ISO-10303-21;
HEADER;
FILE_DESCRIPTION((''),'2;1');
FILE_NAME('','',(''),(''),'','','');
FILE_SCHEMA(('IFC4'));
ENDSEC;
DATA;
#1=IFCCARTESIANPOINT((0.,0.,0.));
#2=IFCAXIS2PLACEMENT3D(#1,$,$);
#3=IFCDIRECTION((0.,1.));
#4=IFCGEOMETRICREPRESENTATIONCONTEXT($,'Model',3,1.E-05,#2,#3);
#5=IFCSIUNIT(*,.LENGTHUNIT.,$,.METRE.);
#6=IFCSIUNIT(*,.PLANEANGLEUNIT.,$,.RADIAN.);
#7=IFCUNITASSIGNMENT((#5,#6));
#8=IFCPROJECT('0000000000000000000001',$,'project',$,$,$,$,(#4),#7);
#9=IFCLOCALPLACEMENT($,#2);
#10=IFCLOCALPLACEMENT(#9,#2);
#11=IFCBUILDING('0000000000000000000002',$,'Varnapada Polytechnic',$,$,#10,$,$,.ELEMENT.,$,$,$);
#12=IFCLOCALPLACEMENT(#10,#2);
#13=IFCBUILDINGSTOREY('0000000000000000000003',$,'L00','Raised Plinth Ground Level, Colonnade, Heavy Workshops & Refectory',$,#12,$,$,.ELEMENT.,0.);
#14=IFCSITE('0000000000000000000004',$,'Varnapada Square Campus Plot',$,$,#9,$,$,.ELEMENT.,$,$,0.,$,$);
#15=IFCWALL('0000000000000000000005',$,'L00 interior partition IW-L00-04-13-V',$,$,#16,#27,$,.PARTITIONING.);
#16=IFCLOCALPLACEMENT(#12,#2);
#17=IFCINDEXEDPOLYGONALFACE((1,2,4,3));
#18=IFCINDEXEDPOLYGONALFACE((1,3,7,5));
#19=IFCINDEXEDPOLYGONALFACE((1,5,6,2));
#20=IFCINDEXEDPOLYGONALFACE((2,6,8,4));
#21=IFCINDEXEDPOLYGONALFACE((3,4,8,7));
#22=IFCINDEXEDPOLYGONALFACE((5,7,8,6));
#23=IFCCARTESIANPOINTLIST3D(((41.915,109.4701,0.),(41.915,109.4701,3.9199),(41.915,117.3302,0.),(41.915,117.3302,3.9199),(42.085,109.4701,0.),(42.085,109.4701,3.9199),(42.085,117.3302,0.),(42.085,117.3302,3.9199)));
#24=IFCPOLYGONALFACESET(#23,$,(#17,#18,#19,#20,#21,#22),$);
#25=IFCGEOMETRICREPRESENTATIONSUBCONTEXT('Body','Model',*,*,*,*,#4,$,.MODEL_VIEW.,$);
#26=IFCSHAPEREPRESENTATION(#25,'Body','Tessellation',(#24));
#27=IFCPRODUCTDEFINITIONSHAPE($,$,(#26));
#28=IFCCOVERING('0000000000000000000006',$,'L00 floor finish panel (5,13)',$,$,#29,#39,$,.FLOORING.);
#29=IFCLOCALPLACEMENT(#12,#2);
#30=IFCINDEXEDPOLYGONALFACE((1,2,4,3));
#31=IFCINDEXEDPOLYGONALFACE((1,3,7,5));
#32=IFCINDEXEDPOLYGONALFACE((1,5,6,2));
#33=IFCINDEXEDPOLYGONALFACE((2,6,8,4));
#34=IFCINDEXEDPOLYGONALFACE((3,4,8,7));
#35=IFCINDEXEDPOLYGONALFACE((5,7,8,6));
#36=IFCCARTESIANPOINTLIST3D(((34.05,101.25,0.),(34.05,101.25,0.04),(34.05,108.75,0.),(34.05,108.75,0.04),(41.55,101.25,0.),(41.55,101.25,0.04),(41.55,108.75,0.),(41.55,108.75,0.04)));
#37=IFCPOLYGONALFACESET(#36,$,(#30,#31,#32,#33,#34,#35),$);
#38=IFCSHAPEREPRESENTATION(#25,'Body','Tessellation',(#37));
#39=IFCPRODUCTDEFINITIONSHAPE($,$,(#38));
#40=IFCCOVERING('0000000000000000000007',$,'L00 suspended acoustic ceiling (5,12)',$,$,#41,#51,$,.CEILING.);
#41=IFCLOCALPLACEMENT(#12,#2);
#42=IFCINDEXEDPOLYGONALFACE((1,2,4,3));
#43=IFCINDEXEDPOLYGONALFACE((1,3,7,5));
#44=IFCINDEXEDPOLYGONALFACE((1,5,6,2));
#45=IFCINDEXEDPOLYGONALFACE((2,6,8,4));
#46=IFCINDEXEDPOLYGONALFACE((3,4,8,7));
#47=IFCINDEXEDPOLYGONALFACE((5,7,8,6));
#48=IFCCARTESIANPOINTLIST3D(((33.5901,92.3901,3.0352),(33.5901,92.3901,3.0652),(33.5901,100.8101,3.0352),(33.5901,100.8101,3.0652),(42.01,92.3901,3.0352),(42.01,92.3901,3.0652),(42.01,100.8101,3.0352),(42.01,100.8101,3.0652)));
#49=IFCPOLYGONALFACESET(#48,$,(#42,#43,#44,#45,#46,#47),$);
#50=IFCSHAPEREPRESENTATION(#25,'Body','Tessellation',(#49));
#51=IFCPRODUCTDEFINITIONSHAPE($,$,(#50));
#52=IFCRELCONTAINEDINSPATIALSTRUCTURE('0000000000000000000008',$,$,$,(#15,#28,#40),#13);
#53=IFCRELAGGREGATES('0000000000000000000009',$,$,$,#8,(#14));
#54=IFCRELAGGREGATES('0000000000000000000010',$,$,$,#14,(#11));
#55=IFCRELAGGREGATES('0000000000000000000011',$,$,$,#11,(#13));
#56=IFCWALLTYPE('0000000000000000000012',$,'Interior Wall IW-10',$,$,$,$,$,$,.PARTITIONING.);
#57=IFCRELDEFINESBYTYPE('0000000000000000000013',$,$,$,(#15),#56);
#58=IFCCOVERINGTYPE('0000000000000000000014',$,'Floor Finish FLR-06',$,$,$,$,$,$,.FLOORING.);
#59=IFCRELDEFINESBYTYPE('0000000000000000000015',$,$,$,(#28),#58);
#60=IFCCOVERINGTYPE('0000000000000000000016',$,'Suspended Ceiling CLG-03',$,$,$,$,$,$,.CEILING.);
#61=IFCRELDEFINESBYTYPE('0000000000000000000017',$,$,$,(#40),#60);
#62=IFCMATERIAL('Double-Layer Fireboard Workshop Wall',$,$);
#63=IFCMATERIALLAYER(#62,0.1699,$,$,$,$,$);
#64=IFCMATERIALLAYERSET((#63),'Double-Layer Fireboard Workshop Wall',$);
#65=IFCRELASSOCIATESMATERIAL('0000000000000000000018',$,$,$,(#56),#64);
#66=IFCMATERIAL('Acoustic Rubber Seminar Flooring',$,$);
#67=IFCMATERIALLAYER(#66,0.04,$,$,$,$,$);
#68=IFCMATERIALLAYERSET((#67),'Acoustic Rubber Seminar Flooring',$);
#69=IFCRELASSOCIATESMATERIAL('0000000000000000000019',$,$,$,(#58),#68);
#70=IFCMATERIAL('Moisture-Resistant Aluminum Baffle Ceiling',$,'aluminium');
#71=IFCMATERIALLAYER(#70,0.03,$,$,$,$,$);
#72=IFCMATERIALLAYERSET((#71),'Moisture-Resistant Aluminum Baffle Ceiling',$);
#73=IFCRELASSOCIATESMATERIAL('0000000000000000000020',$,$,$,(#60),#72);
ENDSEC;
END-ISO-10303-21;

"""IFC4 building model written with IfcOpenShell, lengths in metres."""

from ifc_helpers import new_model, si_unit, direction, frame, frame_2d, origin, origin_2d, place, context, subcontext, project, spatial, rectangle, extrude, material, layer, layer_set, type_object, element, save


model = new_model("IFC4")

# Units and contexts
model_context = context("Model", 3, precision=1e-05, world=origin(), true_north=direction((0.0, 1.0)))
body_context = subcontext(model_context, "Body", "Model", "MODEL_VIEW")
ifc_project = project(units=[si_unit("LENGTHUNIT", "METRE"), si_unit("PLANEANGLEUNIT", "RADIAN")], contexts=[model_context])

# Site, building, storey
site_placement = place(None, origin())
site = spatial("IfcSite", under=ifc_project, at=site_placement, Name="Varnapada Square Campus Plot", CompositionType="ELEMENT", RefElevation=0.0)
building_placement = place(site_placement, origin())
building = spatial("IfcBuilding", under=site, at=building_placement, Name="Varnapada Polytechnic", CompositionType="ELEMENT")
storey_placement = place(building_placement, origin())
storey = spatial("IfcBuildingStorey", under=building, at=storey_placement, Name="L00", Description="Raised Plinth Ground Level, Colonnade, Heavy Workshops & Refectory", CompositionType="ELEMENT", Elevation=0.0)

# Wall
ifc_material_1 = material(Name="Double-Layer Fireboard Workshop Wall")
ifc_layer_1 = layer(ifc_material_1, 0.1699)
ifc_layer_set_1 = layer_set([ifc_layer_1], Name="Double-Layer Fireboard Workshop Wall")
wall_type_1 = type_object("IfcWallType", Name="Interior Wall IW-10", PredefinedType="PARTITIONING", material=ifc_layer_set_1)
wall_1_placement = place(storey_placement, frame((42.0, 109.47, 0.0), z_axis=(0.0, 0.0, 1.0), x_axis=(0.0, 1.0, 0.0)))
element("IfcWall", 1, at=wall_1_placement, inside=storey, type_object=wall_type_1, Name="L00 interior partition IW-L00-04-13-V", PredefinedType="PARTITIONING", context=body_context, shape_type="SweptSolid", body=[
    extrude(rectangle(XDim=7.8601, YDim=0.1699, at=frame_2d((3.9302, 0.0))), origin(), (0.0, 0.0, 1.0), 3.9199),
])

# Coverings
ifc_material_2 = material(Name="Acoustic Rubber Seminar Flooring")
ifc_layer_2 = layer(ifc_material_2, 0.04)
ifc_layer_set_2 = layer_set([ifc_layer_2], Name="Acoustic Rubber Seminar Flooring")
covering_type_1 = type_object("IfcCoveringType", Name="Floor Finish FLR-06", PredefinedType="FLOORING", material=ifc_layer_set_2)
covering_1_placement = place(storey_placement, frame((37.8, 105.0, 0.0), z_axis=(0.0, 0.0, 1.0), x_axis=(1.0, 0.0, 0.0)))
element("IfcCovering", 2, at=covering_1_placement, inside=storey, type_object=covering_type_1, Name="L00 floor finish panel (5,13)", PredefinedType="FLOORING", context=body_context, shape_type="SweptSolid", body=[
    extrude(rectangle(XDim=7.5, YDim=7.5, at=origin_2d()), origin(), (0.0, 0.0, 1.0), 0.04),
])
ifc_material_3 = material(Name="Moisture-Resistant Aluminum Baffle Ceiling", Category="aluminium")
ifc_layer_3 = layer(ifc_material_3, 0.03)
ifc_layer_set_3 = layer_set([ifc_layer_3], Name="Moisture-Resistant Aluminum Baffle Ceiling")
covering_type_2 = type_object("IfcCoveringType", Name="Suspended Ceiling CLG-03", PredefinedType="CEILING", material=ifc_layer_set_3)
covering_2_placement = place(storey_placement, frame((37.8, 96.6001, 3.0352), z_axis=(0.0, 0.0, 1.0), x_axis=(1.0, 0.0, 0.0)))
element("IfcCovering", 3, at=covering_2_placement, inside=storey, type_object=covering_type_2, Name="L00 suspended acoustic ceiling (5,12)", PredefinedType="CEILING", context=body_context, shape_type="SweptSolid", body=[
    extrude(rectangle(XDim=8.4199, YDim=8.4199, at=origin_2d()), origin(), (0.0, 0.0, 1.0), 0.03),
])

save(model, "model.ifc")
